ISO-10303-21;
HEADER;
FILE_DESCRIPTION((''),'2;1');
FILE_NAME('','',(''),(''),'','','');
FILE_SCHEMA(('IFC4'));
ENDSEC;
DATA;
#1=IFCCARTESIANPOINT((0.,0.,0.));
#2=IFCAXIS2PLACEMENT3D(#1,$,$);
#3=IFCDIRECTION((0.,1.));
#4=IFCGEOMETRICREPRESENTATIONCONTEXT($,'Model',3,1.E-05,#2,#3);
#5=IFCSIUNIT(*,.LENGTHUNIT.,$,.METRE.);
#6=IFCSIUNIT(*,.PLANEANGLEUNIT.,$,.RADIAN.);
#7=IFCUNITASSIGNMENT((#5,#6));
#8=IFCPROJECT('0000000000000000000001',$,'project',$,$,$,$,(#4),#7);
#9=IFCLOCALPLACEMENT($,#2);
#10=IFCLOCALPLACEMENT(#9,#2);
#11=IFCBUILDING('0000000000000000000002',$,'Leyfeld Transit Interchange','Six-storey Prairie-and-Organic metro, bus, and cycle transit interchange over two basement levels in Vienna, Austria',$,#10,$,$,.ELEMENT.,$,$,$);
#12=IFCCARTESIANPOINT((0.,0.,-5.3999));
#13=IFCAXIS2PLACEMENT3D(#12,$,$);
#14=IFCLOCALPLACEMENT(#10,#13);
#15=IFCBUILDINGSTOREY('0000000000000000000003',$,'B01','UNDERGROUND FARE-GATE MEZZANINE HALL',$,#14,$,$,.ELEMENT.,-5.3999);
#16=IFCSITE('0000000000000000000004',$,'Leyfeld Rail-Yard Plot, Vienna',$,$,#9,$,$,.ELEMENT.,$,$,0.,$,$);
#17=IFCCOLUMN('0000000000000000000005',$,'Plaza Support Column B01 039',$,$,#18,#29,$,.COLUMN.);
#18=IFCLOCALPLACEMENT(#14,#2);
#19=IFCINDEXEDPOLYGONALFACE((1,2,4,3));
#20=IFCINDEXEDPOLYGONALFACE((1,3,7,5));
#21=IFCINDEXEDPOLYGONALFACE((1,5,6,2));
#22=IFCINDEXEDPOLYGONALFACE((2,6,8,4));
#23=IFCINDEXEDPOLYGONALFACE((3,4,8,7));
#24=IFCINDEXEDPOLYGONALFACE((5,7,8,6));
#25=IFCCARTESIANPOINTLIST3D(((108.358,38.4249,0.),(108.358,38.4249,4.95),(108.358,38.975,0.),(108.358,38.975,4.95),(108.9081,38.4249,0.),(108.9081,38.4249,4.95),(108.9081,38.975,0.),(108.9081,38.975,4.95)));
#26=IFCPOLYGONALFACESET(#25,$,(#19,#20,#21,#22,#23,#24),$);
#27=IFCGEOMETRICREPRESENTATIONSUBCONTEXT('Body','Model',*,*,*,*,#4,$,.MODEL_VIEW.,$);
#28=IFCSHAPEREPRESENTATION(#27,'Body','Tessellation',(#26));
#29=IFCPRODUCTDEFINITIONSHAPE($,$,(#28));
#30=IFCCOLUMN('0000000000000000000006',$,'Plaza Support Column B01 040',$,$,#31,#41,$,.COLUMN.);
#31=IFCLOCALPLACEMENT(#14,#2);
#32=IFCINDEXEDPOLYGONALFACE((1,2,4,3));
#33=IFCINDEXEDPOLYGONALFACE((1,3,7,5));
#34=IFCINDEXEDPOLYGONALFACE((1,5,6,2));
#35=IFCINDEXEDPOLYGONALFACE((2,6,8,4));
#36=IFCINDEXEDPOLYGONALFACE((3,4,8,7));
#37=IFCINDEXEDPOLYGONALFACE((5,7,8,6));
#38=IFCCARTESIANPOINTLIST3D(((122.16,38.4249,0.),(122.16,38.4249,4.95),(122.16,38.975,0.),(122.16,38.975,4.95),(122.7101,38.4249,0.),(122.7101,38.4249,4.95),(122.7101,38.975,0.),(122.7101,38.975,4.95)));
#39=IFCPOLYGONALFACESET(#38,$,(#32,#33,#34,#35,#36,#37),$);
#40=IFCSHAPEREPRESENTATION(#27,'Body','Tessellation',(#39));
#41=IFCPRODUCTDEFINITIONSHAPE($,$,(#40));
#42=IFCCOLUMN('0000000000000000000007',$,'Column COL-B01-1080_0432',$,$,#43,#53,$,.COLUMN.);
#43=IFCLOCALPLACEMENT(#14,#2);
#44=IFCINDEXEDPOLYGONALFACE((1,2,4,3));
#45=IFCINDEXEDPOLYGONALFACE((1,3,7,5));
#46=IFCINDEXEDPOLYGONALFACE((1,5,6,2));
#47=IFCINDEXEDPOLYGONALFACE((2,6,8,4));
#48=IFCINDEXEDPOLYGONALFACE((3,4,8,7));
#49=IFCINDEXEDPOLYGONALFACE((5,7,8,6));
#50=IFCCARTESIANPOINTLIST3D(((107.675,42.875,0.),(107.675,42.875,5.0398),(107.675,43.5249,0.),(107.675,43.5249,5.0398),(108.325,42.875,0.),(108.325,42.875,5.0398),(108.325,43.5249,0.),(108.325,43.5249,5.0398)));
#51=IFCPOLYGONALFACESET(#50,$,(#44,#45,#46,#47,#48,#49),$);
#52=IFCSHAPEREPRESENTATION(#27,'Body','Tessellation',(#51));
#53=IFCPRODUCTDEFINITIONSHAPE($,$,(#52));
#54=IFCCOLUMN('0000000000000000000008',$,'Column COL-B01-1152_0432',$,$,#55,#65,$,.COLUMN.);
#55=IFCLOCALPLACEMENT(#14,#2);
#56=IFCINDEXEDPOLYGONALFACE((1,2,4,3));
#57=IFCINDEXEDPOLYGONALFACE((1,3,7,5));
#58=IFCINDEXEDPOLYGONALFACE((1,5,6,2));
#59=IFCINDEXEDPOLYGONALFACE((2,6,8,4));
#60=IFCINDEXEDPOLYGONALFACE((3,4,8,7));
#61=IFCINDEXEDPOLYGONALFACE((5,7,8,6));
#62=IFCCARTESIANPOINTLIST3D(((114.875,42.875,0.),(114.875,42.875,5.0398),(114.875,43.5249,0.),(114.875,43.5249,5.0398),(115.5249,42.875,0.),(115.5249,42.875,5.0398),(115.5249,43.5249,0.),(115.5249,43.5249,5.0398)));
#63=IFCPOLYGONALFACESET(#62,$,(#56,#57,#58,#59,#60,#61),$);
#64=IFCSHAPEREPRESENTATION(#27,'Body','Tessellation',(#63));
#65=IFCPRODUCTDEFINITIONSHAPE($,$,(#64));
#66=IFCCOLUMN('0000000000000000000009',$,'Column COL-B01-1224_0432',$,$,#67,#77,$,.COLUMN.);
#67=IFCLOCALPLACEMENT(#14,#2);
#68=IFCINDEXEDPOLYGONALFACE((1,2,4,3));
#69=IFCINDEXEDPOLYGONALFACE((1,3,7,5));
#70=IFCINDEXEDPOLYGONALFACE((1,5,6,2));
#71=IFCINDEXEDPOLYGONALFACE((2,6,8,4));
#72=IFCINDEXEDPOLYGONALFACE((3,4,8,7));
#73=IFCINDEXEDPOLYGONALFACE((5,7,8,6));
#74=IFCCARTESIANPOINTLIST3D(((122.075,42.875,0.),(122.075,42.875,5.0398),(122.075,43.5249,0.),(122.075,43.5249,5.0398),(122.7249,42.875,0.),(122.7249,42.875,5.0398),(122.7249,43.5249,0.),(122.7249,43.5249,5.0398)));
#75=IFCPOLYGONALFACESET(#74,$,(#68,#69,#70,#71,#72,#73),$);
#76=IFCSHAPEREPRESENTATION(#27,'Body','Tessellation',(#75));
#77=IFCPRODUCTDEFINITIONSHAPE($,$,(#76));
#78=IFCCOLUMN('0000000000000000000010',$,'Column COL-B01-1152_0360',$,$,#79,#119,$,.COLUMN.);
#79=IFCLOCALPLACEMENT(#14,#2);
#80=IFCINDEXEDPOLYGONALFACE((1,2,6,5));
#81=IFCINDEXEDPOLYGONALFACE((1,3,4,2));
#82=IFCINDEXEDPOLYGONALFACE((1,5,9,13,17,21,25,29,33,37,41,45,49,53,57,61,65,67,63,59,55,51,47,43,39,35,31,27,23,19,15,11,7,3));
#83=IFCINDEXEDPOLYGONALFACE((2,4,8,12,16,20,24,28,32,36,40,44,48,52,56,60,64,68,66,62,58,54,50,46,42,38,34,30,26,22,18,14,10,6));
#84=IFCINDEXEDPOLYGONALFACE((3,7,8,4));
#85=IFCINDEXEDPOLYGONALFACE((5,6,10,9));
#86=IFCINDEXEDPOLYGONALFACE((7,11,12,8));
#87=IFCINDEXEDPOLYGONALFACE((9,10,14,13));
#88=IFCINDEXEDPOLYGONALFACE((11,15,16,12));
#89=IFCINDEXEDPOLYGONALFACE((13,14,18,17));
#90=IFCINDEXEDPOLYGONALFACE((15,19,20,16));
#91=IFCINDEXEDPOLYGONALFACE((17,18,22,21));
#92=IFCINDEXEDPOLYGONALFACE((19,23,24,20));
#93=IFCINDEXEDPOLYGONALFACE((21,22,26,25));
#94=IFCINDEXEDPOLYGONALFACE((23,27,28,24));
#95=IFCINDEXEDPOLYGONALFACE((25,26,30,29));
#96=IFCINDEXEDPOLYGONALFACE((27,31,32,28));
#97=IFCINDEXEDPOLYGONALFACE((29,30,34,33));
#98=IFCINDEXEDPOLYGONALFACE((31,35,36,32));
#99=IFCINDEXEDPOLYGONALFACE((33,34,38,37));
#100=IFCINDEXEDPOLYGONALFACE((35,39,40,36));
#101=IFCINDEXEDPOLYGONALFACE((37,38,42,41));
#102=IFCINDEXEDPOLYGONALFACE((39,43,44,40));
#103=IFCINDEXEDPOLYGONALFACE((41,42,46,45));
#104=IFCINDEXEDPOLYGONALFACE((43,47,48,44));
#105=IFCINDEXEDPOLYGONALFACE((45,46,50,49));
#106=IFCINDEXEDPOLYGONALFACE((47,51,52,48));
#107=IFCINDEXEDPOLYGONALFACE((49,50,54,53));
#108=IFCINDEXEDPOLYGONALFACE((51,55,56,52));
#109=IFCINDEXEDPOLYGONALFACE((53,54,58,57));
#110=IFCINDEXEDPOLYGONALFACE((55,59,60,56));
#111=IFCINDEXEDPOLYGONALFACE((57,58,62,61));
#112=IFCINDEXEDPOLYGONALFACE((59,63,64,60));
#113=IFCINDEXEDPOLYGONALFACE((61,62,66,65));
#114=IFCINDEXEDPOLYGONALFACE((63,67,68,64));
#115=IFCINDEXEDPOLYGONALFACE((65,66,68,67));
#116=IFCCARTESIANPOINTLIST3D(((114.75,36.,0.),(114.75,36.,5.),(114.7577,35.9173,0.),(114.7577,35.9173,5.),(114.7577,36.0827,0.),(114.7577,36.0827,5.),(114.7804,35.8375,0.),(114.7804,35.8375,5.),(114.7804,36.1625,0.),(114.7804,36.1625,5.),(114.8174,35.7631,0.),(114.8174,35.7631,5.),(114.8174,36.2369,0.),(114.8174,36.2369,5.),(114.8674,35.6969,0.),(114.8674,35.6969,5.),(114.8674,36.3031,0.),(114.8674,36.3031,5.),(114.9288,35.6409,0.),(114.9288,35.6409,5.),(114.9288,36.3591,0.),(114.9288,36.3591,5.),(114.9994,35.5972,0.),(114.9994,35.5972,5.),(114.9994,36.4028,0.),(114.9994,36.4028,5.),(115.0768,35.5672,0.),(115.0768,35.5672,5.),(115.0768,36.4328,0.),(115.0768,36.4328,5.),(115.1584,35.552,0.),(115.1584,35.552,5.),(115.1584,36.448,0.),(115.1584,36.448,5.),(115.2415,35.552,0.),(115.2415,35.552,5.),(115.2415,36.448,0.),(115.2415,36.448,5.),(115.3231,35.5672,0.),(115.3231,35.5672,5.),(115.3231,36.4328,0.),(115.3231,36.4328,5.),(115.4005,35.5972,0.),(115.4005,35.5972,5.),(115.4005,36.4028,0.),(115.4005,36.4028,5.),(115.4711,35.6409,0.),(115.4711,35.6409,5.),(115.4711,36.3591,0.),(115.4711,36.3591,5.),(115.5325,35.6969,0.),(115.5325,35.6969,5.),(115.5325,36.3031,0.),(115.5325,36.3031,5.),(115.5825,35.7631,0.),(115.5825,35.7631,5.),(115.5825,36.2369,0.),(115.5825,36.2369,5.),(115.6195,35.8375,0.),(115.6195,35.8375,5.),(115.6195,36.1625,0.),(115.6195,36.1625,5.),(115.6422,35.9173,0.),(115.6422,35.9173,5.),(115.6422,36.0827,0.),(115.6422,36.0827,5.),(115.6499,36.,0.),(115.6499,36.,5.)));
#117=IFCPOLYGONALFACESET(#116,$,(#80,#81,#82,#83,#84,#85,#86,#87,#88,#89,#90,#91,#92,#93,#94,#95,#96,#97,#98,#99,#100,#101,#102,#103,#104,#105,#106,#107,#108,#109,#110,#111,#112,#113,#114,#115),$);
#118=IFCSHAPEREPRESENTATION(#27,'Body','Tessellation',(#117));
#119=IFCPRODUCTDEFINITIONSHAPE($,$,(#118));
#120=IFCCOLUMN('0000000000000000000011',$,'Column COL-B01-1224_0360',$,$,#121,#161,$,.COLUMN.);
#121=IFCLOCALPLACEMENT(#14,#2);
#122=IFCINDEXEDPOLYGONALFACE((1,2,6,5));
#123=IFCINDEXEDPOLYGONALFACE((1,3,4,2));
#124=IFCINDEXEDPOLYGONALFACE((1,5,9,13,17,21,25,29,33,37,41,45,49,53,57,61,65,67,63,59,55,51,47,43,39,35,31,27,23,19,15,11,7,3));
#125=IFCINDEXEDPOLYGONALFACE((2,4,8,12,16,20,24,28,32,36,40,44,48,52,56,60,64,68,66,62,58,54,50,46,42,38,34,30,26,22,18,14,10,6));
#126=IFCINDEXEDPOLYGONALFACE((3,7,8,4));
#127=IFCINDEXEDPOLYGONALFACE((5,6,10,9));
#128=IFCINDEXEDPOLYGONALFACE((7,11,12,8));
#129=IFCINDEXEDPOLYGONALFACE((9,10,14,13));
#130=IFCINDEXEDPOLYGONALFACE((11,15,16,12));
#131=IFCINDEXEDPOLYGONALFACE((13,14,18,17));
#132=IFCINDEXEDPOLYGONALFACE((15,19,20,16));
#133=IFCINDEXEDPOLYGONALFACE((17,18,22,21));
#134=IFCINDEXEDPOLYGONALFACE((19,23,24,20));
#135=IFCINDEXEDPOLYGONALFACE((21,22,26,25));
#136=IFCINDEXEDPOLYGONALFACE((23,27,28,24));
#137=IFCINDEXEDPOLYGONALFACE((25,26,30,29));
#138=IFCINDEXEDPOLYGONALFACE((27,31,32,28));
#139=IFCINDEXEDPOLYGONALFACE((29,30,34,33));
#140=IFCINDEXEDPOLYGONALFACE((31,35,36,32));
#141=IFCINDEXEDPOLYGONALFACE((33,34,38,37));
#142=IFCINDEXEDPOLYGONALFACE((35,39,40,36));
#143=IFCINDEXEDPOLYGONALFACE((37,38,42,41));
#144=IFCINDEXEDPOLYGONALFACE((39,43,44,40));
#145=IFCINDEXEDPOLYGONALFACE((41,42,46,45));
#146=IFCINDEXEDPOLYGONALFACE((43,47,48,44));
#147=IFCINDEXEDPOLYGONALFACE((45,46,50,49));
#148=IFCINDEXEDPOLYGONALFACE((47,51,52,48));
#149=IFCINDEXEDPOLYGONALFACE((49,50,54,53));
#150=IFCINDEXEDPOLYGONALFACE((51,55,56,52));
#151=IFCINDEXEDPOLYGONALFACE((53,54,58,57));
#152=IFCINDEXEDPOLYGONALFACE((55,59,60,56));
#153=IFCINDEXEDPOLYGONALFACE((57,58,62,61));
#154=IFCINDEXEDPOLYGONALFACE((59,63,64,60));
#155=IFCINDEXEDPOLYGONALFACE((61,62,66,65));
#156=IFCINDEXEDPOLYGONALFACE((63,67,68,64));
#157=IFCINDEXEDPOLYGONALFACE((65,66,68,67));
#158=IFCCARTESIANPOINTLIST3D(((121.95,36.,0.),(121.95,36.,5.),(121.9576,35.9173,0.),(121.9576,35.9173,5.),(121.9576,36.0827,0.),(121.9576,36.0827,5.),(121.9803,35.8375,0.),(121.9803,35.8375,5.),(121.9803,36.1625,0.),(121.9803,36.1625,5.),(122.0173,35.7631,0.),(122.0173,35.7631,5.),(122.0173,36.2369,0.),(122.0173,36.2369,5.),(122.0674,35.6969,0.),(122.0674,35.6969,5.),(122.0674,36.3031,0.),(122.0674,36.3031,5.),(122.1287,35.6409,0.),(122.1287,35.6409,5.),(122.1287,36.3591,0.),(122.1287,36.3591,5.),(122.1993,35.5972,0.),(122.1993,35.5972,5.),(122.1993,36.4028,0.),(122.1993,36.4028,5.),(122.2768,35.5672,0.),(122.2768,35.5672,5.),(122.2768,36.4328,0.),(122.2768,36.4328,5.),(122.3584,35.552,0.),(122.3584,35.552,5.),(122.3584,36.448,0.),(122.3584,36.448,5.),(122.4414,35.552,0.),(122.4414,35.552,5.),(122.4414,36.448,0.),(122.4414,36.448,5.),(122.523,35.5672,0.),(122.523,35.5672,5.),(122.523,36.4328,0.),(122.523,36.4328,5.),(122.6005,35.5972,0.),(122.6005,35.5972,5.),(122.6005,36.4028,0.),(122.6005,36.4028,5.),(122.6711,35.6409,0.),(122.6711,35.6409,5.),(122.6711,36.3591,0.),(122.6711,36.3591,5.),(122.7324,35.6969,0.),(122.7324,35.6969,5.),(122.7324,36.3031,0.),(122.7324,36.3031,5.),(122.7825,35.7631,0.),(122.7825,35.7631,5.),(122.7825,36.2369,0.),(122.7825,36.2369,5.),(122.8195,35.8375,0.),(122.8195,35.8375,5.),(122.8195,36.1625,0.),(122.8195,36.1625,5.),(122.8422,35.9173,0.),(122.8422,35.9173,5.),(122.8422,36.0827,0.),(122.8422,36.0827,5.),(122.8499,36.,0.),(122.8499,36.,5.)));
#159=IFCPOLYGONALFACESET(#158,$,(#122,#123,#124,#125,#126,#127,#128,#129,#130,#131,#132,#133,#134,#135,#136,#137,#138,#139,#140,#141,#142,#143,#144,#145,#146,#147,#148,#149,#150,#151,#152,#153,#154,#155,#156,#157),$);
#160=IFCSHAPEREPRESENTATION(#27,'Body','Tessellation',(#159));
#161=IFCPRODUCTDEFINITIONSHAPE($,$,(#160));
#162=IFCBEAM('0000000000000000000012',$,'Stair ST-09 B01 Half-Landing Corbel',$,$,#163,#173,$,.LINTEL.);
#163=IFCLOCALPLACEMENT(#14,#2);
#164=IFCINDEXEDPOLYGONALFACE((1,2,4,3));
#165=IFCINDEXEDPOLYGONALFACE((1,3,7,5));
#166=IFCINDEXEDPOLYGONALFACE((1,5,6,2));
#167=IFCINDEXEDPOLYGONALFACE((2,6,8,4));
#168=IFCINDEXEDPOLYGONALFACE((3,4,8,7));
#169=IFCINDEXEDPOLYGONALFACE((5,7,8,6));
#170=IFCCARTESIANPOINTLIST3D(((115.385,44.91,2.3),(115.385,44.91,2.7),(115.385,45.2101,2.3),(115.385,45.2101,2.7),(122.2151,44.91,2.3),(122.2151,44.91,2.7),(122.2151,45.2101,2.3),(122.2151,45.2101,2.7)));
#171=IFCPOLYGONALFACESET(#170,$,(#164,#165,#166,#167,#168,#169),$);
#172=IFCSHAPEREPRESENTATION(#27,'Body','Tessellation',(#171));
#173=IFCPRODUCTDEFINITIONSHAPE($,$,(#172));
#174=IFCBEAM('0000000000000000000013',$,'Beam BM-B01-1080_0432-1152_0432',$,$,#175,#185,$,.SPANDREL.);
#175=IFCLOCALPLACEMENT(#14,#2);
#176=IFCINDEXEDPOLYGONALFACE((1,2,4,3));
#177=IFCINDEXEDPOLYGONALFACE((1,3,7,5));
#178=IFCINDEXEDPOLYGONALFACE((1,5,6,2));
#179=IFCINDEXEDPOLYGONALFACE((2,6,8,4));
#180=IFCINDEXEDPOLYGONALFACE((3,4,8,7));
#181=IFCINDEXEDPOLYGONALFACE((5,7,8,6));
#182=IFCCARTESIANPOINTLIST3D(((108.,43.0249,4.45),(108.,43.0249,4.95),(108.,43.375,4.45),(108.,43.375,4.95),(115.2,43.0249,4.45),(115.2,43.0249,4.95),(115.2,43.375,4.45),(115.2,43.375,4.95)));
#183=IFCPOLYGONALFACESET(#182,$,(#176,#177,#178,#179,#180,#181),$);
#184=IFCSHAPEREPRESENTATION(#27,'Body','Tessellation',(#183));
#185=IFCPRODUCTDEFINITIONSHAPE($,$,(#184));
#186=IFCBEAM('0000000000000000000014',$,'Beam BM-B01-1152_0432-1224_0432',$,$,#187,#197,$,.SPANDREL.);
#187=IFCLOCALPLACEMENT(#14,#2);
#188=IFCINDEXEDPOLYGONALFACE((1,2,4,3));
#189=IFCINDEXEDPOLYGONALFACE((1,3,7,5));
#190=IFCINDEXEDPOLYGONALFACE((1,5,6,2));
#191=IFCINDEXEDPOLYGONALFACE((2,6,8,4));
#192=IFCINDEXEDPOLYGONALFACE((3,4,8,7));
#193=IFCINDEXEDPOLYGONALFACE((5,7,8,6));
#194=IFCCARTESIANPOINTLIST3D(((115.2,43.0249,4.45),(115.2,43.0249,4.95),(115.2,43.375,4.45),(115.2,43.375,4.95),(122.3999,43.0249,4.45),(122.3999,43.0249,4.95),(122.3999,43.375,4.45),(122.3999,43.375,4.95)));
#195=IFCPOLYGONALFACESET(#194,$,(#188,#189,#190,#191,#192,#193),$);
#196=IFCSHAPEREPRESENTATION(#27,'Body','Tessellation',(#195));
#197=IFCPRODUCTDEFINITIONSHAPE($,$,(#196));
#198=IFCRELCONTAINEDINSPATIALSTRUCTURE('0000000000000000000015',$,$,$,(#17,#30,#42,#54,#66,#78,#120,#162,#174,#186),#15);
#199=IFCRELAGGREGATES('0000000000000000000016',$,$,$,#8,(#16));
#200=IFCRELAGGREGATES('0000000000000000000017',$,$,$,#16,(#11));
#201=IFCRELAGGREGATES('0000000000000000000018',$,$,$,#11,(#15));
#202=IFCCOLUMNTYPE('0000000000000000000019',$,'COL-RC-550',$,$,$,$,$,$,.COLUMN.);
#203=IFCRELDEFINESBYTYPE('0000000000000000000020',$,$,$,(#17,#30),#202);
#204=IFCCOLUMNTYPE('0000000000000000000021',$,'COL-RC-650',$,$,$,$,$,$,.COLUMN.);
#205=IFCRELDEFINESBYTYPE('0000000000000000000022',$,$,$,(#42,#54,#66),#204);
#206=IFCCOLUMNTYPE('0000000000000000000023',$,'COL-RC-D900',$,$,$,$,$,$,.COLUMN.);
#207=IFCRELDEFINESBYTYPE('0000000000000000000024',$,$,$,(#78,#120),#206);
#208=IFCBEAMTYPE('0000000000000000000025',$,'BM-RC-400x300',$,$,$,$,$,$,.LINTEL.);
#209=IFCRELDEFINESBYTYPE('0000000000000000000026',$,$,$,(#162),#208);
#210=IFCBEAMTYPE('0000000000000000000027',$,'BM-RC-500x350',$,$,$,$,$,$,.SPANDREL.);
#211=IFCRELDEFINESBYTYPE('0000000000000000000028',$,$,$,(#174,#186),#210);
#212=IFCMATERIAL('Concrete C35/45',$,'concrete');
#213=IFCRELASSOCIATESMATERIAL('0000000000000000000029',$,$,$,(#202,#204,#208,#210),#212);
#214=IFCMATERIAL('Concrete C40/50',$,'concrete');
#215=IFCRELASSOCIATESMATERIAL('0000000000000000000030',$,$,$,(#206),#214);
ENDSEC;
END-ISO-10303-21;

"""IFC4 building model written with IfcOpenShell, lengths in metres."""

from ifc_helpers import new_model, si_unit, direction, frame, origin, origin_2d, place, context, subcontext, project, spatial, rectangle, circle, extrude, material, material_profile, profile_set, type_object, element, save


model = new_model("IFC4")

# Units and contexts
model_context = context("Model", 3, precision=1e-05, world=origin(), true_north=direction((0.0, 1.0)))
body_context = subcontext(model_context, "Body", "Model", "MODEL_VIEW")
ifc_project = project(units=[si_unit("LENGTHUNIT", "METRE"), si_unit("PLANEANGLEUNIT", "RADIAN")], contexts=[model_context])

# Site, building, storey
site_placement = place(None, origin())
site = spatial("IfcSite", under=ifc_project, at=site_placement, Name="Leyfeld Rail-Yard Plot, Vienna", CompositionType="ELEMENT", RefElevation=0.0)
building_placement = place(site_placement, origin())
building = spatial("IfcBuilding", under=site, at=building_placement, Name="Leyfeld Transit Interchange", Description="Six-storey Prairie-and-Organic metro, bus, and cycle transit interchange over two basement levels in Vienna, Austria", CompositionType="ELEMENT")
storey_placement = place(building_placement, frame((0.0, 0.0, -5.3999)))
storey = spatial("IfcBuildingStorey", under=building, at=storey_placement, Name="B01", Description="UNDERGROUND FARE-GATE MEZZANINE HALL", CompositionType="ELEMENT", Elevation=-5.3999)

# Columns
ifc_material_1 = material(Name="Concrete C35/45", Category="concrete")
ifc_material_profile_1 = material_profile(ifc_material_1, rectangle(XDim=0.55, YDim=0.55, at=origin_2d()), Name="RC 550x550")
ifc_profile_set_1 = profile_set([ifc_material_profile_1], Name="Concrete C35/45")
column_type_1 = type_object("IfcColumnType", Name="COL-RC-550", PredefinedType="COLUMN", material=ifc_profile_set_1)
for number, where, z_axis, x_axis, name in (
    (1, (108.6331, 38.7, 0.0), (0.0, 0.0, 1.0), (1.0, 0.0, 0.0), "Plaza Support Column B01 039"),
    (2, (122.4351, 38.7, 0.0), (0.0, 0.0, 1.0), (1.0, 0.0, 0.0), "Plaza Support Column B01 040"),
):
    element("IfcColumn", number, at=place(storey_placement, frame(where, z_axis=z_axis, x_axis=x_axis)), inside=storey, type_object=column_type_1, Name=name, PredefinedType="COLUMN", context=body_context, shape_type="SweptSolid", body=[
        extrude(rectangle(XDim=0.55, YDim=0.55, at=origin_2d()), origin(), (0.0, 0.0, 1.0), 4.95),
    ])
ifc_material_profile_2 = material_profile(ifc_material_1, rectangle(XDim=0.6499, YDim=0.6499, at=origin_2d()), Name="RC 650x650")
ifc_profile_set_2 = profile_set([ifc_material_profile_2], Name="Concrete C35/45")
column_type_2 = type_object("IfcColumnType", Name="COL-RC-650", PredefinedType="COLUMN", material=ifc_profile_set_2)
for number, where, z_axis, x_axis, name in (
    (3, (108.0, 43.2, 0.0), (0.0, 0.0, 1.0), (1.0, 0.0, 0.0), "Column COL-B01-1080_0432"),
    (4, (115.2, 43.2, 0.0), (0.0, 0.0, 1.0), (1.0, 0.0, 0.0), "Column COL-B01-1152_0432"),
    (5, (122.3999, 43.2, 0.0), (0.0, 0.0, 1.0), (1.0, 0.0, 0.0), "Column COL-B01-1224_0432"),
):
    element("IfcColumn", number, at=place(storey_placement, frame(where, z_axis=z_axis, x_axis=x_axis)), inside=storey, type_object=column_type_2, Name=name, PredefinedType="COLUMN", context=body_context, shape_type="SweptSolid", body=[
        extrude(rectangle(XDim=0.6499, YDim=0.6499, at=origin_2d()), origin(), (0.0, 0.0, 1.0), 5.0398),
    ])
ifc_material_2 = material(Name="Concrete C40/50", Category="concrete")
ifc_material_profile_3 = material_profile(ifc_material_2, circle(Radius=0.45, at=origin_2d()), Name="RC D900")
ifc_profile_set_3 = profile_set([ifc_material_profile_3], Name="Concrete C40/50")
column_type_3 = type_object("IfcColumnType", Name="COL-RC-D900", PredefinedType="COLUMN", material=ifc_profile_set_3)
for number, where, z_axis, x_axis, name in (
    (6, (115.2, 36.0, 0.0), (0.0, 0.0, 1.0), (1.0, 0.0, 0.0), "Column COL-B01-1152_0360"),
    (7, (122.3999, 36.0, 0.0), (0.0, 0.0, 1.0), (1.0, 0.0, 0.0), "Column COL-B01-1224_0360"),
):
    element("IfcColumn", number, at=place(storey_placement, frame(where, z_axis=z_axis, x_axis=x_axis)), inside=storey, type_object=column_type_3, Name=name, PredefinedType="COLUMN", context=body_context, shape_type="SweptSolid", body=[
        extrude(circle(Radius=0.45, at=origin_2d()), origin(), (0.0, 0.0, 1.0), 5.0),
    ])

# Beams
ifc_material_profile_4 = material_profile(ifc_material_1, rectangle(XDim=0.3, YDim=0.3999, at=origin_2d()), Name="RC 400x300")
ifc_profile_set_4 = profile_set([ifc_material_profile_4], Name="Concrete C35/45")
beam_type_1 = type_object("IfcBeamType", Name="BM-RC-400x300", PredefinedType="LINTEL", material=ifc_profile_set_4)
beam_1_placement = place(storey_placement, frame((115.385, 45.0601, 2.5), z_axis=(1.0, 0.0, 0.0), x_axis=(0.0, 1.0, 0.0)))
element("IfcBeam", 8, at=beam_1_placement, inside=storey, type_object=beam_type_1, Name="Stair ST-09 B01 Half-Landing Corbel", PredefinedType="LINTEL", context=body_context, shape_type="SweptSolid", body=[
    extrude(rectangle(XDim=0.3, YDim=0.3999, at=origin_2d()), origin(), (0.0, 0.0, 1.0), 6.8301),
])
ifc_material_profile_5 = material_profile(ifc_material_1, rectangle(XDim=0.3501, YDim=0.5, at=origin_2d()), Name="RC 500x350")
ifc_profile_set_5 = profile_set([ifc_material_profile_5], Name="Concrete C35/45")
beam_type_2 = type_object("IfcBeamType", Name="BM-RC-500x350", PredefinedType="SPANDREL", material=ifc_profile_set_5)
for number, where, z_axis, x_axis, name in (
    (9, (108.0, 43.2, 4.7), (1.0, 0.0, 0.0), (0.0, 1.0, 0.0), "Beam BM-B01-1080_0432-1152_0432"),
    (10, (115.2, 43.2, 4.7), (1.0, 0.0, 0.0), (0.0, 1.0, 0.0), "Beam BM-B01-1152_0432-1224_0432"),
):
    element("IfcBeam", number, at=place(storey_placement, frame(where, z_axis=z_axis, x_axis=x_axis)), inside=storey, type_object=beam_type_2, Name=name, PredefinedType="SPANDREL", context=body_context, shape_type="SweptSolid", body=[
        extrude(rectangle(XDim=0.3501, YDim=0.5, at=origin_2d()), origin(), (0.0, 0.0, 1.0), 7.2),
    ])

save(model, "model.ifc")
